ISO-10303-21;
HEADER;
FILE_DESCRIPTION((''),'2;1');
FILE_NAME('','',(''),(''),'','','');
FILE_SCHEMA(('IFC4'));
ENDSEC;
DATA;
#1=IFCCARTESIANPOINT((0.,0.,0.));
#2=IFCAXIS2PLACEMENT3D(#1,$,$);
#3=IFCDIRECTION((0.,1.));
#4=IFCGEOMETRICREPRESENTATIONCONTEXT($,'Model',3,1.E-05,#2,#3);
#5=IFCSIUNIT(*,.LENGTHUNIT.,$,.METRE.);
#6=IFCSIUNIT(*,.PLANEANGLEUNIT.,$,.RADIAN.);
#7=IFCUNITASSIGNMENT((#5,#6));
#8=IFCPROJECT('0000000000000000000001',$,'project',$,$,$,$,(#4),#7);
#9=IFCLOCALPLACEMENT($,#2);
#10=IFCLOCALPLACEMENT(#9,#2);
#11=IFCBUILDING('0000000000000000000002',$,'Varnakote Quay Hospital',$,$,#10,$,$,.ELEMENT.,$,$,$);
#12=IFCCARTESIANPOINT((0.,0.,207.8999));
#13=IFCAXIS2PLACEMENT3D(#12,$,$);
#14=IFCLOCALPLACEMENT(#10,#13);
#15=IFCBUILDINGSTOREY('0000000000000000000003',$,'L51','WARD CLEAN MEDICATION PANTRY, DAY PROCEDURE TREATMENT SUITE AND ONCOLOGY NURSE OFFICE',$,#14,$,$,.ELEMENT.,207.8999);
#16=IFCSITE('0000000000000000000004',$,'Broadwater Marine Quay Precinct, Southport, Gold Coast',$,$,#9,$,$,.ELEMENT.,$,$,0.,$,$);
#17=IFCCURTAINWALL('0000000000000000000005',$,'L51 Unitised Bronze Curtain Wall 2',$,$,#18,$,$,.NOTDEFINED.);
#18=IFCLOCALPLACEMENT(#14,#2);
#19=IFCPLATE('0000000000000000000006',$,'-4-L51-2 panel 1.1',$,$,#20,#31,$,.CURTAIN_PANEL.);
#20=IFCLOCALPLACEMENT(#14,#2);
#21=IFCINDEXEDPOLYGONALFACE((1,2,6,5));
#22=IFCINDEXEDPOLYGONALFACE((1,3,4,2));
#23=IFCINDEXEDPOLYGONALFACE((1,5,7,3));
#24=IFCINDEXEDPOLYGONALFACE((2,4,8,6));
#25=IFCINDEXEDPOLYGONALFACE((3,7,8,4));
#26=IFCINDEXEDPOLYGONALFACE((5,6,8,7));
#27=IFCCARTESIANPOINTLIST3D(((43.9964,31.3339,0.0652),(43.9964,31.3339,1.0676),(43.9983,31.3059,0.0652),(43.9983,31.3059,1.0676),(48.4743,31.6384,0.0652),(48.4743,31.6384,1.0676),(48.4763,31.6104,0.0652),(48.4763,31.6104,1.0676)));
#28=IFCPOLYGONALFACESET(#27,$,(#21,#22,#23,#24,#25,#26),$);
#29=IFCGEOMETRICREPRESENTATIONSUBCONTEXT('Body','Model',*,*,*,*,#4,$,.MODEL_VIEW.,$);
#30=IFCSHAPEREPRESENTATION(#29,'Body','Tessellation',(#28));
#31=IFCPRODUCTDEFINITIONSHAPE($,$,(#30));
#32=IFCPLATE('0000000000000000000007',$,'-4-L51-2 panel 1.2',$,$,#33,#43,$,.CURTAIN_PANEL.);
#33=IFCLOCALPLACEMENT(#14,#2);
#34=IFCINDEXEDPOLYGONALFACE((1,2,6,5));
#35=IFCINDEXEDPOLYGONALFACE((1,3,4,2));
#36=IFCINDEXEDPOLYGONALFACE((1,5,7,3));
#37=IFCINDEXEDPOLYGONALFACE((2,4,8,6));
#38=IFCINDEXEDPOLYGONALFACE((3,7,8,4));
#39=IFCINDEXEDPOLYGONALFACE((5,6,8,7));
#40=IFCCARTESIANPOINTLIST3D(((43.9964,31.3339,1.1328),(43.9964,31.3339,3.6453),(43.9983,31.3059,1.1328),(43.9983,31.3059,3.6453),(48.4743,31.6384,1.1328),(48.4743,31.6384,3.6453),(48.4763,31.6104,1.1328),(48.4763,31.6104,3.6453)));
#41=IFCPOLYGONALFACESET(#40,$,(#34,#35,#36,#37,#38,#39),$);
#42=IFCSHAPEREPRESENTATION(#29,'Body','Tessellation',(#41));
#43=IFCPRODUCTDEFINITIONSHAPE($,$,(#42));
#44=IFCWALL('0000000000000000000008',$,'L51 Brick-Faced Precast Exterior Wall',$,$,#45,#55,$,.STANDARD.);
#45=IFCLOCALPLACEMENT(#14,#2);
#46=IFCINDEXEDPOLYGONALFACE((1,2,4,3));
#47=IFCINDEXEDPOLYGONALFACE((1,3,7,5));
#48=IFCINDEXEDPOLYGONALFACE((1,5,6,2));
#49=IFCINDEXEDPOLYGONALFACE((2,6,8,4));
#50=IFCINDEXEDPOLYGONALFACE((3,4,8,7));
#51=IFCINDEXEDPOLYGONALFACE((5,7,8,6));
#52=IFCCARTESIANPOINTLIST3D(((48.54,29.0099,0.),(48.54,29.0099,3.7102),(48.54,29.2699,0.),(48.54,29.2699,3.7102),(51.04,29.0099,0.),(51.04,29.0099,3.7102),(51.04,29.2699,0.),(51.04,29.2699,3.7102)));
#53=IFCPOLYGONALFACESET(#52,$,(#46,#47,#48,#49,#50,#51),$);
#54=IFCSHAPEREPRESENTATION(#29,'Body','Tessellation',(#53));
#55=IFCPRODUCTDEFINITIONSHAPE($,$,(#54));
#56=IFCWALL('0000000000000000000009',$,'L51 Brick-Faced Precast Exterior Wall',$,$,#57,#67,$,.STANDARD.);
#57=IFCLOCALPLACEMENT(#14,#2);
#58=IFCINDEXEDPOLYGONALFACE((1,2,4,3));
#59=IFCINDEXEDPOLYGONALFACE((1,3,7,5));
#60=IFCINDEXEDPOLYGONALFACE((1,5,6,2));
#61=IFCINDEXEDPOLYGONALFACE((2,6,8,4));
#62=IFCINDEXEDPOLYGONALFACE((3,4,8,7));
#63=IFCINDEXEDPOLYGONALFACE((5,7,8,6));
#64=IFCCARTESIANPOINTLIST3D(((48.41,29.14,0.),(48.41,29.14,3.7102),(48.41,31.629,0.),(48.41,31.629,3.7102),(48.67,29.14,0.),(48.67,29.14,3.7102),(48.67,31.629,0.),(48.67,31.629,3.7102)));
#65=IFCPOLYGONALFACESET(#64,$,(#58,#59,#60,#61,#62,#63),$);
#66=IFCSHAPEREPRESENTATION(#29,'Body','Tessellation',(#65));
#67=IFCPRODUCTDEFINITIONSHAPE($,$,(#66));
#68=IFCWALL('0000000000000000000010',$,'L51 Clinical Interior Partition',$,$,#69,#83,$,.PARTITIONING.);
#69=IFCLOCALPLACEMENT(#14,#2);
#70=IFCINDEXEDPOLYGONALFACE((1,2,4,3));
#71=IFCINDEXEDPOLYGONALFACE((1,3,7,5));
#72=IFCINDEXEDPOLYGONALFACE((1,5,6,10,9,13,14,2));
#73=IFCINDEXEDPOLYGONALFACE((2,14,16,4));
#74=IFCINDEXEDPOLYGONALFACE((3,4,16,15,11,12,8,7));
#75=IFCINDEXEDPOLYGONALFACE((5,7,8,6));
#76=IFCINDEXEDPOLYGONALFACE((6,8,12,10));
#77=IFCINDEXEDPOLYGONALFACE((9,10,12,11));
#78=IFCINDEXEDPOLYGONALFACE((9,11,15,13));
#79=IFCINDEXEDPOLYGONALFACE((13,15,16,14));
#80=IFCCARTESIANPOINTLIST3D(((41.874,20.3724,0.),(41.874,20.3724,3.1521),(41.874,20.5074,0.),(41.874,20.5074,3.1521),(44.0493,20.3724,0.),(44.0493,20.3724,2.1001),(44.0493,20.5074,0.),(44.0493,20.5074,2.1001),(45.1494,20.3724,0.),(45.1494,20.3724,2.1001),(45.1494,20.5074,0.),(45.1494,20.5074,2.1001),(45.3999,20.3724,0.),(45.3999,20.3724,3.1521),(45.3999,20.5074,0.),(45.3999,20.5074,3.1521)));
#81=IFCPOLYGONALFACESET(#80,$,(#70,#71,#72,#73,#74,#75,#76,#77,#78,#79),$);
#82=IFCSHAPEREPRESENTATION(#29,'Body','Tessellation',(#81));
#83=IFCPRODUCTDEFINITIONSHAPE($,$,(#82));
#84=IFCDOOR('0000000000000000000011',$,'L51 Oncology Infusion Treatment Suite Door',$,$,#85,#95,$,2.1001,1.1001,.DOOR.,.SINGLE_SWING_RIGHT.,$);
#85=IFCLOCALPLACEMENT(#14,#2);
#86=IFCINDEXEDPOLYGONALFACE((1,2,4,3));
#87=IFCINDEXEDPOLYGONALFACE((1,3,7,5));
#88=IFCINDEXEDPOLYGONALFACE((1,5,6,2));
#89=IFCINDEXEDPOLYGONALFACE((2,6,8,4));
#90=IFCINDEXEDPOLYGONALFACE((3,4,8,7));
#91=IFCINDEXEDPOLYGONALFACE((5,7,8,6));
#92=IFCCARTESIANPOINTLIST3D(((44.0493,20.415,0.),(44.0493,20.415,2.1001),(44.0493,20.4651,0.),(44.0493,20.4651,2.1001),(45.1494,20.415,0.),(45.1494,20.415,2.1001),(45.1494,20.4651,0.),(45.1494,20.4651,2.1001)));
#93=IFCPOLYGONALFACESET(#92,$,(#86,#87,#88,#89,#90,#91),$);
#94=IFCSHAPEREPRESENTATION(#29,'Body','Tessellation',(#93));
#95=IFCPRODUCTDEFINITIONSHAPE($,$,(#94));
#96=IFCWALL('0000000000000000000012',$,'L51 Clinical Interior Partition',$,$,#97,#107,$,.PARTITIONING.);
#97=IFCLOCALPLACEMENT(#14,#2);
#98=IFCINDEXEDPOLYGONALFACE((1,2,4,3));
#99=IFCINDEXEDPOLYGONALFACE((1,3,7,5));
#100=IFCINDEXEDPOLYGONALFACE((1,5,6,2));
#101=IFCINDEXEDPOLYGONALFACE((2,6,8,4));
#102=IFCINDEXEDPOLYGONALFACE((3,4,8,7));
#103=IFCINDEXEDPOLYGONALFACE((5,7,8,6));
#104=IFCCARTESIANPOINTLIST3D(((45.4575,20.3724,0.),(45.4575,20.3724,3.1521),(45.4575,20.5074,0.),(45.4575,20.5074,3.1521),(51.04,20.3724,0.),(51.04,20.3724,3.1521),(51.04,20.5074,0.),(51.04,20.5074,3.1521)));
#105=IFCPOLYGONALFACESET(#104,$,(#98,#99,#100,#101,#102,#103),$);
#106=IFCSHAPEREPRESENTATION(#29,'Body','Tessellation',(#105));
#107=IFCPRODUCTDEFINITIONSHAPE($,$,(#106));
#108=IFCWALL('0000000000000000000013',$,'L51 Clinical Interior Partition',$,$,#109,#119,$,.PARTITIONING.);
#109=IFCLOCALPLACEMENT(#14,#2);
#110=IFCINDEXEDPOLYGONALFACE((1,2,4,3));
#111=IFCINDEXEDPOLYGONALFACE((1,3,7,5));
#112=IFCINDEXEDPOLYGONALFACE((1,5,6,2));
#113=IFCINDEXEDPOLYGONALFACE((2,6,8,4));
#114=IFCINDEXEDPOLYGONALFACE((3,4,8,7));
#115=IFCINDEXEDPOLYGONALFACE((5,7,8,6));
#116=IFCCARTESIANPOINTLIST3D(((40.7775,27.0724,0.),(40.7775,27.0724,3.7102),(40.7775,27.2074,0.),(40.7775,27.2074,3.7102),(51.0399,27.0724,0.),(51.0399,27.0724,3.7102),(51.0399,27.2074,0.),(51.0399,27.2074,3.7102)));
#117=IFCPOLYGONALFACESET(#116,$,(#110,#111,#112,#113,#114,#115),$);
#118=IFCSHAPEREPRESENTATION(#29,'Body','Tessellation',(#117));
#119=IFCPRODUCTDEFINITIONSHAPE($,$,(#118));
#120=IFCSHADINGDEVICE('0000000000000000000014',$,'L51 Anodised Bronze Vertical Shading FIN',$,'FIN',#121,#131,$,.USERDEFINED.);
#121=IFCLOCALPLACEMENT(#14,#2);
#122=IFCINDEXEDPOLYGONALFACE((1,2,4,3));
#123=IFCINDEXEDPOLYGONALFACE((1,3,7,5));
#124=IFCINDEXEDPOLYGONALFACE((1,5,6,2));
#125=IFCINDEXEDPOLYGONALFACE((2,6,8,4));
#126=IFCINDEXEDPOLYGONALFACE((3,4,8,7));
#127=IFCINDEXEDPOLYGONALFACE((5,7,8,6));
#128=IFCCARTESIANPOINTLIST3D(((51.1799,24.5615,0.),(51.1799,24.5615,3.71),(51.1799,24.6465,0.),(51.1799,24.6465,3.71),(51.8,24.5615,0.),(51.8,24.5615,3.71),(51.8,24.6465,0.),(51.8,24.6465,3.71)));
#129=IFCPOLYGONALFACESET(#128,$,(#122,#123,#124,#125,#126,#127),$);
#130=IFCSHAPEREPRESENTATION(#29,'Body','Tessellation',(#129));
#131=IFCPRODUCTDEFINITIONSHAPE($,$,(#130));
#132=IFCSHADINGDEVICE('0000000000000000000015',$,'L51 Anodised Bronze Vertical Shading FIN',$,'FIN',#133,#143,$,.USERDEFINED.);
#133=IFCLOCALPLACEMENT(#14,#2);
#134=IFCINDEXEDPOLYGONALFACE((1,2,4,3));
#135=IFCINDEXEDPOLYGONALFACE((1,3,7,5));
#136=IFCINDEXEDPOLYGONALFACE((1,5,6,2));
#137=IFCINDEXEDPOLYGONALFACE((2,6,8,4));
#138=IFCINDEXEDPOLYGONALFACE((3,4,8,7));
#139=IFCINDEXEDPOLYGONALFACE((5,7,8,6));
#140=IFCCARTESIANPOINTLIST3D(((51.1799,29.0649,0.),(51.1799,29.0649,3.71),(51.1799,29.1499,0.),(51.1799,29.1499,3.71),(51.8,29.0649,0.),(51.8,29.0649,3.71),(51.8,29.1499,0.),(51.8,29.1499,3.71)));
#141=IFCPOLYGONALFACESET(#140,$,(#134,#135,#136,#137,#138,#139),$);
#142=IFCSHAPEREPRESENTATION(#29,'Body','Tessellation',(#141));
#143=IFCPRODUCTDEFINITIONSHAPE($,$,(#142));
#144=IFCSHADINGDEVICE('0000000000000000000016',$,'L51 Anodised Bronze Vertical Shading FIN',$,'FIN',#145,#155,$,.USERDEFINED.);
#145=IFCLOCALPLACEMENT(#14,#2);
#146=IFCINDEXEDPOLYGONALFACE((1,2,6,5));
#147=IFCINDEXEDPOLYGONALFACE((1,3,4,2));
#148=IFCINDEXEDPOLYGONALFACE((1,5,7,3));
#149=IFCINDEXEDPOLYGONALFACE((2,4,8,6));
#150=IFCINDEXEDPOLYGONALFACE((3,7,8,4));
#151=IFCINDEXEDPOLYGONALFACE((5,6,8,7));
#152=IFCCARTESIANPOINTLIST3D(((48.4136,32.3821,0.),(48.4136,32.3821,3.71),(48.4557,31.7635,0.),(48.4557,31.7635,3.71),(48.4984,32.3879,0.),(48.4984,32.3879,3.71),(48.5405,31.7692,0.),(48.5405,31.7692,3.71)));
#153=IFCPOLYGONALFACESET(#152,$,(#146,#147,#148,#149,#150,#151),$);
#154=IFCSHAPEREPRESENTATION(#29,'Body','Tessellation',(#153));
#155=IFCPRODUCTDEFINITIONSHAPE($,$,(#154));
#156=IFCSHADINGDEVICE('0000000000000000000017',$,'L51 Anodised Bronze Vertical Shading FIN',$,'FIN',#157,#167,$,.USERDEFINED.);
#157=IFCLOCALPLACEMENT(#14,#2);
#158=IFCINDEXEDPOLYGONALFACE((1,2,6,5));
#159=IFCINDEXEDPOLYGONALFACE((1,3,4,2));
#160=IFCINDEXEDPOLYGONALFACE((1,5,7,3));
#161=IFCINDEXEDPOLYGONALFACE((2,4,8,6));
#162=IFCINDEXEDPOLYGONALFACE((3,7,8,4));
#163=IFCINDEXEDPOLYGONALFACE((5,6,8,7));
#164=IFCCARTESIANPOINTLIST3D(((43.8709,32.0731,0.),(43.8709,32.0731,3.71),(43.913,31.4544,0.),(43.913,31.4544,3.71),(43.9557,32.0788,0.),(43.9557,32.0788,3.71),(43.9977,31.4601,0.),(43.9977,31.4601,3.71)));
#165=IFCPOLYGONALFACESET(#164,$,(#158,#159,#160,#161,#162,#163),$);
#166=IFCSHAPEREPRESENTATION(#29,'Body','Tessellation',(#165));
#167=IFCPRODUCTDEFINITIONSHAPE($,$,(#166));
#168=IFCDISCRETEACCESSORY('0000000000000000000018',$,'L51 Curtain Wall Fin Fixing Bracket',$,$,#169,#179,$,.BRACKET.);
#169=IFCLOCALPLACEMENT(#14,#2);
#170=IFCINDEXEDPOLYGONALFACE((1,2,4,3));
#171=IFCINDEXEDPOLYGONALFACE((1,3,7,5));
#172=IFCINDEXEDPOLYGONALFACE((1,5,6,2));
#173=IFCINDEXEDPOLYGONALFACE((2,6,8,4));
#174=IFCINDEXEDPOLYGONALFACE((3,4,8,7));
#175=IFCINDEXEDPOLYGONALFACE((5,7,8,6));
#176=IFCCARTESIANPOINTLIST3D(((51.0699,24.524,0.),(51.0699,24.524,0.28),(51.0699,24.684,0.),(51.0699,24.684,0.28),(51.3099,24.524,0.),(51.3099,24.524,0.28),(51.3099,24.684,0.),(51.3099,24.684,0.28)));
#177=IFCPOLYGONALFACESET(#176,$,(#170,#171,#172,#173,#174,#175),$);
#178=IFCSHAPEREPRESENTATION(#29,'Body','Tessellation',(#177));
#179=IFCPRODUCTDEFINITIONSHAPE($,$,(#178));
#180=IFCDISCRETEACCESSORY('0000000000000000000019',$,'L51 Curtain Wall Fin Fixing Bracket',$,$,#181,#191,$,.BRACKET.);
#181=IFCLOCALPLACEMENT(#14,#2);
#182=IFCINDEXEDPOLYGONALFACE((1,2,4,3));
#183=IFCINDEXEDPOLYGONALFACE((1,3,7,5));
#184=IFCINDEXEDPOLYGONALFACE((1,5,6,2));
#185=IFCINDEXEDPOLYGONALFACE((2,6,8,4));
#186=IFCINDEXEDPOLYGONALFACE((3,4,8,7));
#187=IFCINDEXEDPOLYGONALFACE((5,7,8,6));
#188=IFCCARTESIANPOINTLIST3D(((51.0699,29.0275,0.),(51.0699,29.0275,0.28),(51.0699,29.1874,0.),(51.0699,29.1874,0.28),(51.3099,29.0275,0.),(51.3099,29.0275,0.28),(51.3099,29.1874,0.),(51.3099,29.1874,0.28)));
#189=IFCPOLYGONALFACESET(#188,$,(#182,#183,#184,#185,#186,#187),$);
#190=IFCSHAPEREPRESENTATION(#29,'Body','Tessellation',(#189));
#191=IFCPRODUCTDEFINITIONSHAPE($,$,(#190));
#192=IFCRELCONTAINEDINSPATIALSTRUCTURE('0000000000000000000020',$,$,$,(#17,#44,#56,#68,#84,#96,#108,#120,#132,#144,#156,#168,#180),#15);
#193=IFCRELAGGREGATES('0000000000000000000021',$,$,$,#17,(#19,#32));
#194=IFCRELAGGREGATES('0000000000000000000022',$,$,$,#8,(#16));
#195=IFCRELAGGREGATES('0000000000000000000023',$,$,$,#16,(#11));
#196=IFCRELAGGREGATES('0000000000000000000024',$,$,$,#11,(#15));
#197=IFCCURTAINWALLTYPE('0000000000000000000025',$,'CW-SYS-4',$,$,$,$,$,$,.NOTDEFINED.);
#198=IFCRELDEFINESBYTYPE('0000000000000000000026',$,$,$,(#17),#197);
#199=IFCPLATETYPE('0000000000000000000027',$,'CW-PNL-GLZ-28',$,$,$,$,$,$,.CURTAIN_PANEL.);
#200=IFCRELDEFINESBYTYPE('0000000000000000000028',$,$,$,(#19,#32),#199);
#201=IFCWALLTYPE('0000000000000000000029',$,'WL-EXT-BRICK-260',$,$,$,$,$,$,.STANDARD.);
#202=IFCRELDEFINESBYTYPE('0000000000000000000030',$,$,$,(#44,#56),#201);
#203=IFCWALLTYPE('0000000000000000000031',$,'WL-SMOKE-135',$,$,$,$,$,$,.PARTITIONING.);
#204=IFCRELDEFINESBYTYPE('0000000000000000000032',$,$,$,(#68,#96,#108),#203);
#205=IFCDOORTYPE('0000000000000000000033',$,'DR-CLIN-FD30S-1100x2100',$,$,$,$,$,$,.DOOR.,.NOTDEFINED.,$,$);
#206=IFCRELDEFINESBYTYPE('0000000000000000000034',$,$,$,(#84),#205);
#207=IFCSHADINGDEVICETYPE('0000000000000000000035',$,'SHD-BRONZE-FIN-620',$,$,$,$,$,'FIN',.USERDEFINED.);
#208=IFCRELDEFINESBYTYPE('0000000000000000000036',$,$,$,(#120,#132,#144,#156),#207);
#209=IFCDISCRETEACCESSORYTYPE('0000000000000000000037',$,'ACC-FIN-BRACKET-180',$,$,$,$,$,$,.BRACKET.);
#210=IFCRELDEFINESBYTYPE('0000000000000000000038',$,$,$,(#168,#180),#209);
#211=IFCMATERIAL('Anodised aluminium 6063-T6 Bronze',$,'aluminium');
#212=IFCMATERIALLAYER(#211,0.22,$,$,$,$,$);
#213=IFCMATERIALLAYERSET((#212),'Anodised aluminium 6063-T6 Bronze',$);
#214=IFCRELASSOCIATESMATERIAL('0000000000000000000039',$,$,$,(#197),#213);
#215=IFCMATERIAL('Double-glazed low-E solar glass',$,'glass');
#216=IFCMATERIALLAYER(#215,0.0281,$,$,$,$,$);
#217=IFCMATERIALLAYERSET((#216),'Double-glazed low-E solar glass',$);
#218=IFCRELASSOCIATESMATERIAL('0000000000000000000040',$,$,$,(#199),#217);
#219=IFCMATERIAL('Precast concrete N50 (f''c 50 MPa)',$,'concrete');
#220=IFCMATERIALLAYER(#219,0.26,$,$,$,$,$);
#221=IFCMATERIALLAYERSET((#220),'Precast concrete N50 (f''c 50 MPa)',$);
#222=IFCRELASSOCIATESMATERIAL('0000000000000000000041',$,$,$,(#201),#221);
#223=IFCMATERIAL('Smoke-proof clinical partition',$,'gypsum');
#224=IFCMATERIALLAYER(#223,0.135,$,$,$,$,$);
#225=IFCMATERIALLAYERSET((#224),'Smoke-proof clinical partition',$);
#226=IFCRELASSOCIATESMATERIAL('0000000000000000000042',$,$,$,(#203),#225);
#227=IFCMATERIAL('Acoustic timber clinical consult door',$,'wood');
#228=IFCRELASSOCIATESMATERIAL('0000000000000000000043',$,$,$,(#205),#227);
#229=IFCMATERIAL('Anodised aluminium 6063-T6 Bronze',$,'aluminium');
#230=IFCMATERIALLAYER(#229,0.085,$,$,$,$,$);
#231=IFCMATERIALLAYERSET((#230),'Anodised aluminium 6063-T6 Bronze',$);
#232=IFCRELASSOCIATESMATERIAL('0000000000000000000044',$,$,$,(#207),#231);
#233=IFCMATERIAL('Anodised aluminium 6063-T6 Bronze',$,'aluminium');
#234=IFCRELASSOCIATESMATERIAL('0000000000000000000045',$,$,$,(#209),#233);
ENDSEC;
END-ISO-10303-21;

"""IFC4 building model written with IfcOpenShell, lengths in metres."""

from ifc_helpers import new_model, si_unit, direction, frame, frame_2d, origin, origin_2d, place, context, subcontext, project, spatial, rectangle, extrude, material, layer, layer_set, type_object, element, fill, aggregate, save


model = new_model("IFC4")

# Units and contexts
model_context = context("Model", 3, precision=1e-05, world=origin(), true_north=direction((0.0, 1.0)))
body_context = subcontext(model_context, "Body", "Model", "MODEL_VIEW")
ifc_project = project(units=[si_unit("LENGTHUNIT", "METRE"), si_unit("PLANEANGLEUNIT", "RADIAN")], contexts=[model_context])

# Site, building, storey
site_placement = place(None, origin())
site = spatial("IfcSite", under=ifc_project, at=site_placement, Name="Broadwater Marine Quay Precinct, Southport, Gold Coast", CompositionType="ELEMENT", RefElevation=0.0)
building_placement = place(site_placement, origin())
building = spatial("IfcBuilding", under=site, at=building_placement, Name="Varnakote Quay Hospital", CompositionType="ELEMENT")
storey_placement = place(building_placement, frame((0.0, 0.0, 207.8999)))
storey = spatial("IfcBuildingStorey", under=building, at=storey_placement, Name="L51", Description="WARD CLEAN MEDICATION PANTRY, DAY PROCEDURE TREATMENT SUITE AND ONCOLOGY NURSE OFFICE", CompositionType="ELEMENT", Elevation=207.8999)

# Curtain wall
ifc_material_1 = material(Name="Anodised aluminium 6063-T6 Bronze", Category="aluminium")
ifc_layer_1 = layer(ifc_material_1, 0.22)
ifc_layer_set_1 = layer_set([ifc_layer_1], Name="Anodised aluminium 6063-T6 Bronze")
curtain_wall_type = type_object("IfcCurtainWallType", Name="CW-SYS-4", PredefinedType="NOTDEFINED", material=ifc_layer_set_1)
curtain_wall_1_placement = place(storey_placement, origin())
curtain_wall_1 = element("IfcCurtainWall", 1, at=curtain_wall_1_placement, inside=storey, type_object=curtain_wall_type, Name="L51 Unitised Bronze Curtain Wall 2", PredefinedType="NOTDEFINED")

# Plates
ifc_material_2 = material(Name="Double-glazed low-E solar glass", Category="glass")
ifc_layer_2 = layer(ifc_material_2, 0.0281)
ifc_layer_set_2 = layer_set([ifc_layer_2], Name="Double-glazed low-E solar glass")
plate_type = type_object("IfcPlateType", Name="CW-PNL-GLZ-28", PredefinedType="CURTAIN_PANEL", material=ifc_layer_set_2)
plate_1_placement = place(storey_placement, frame((46.2363, 31.4722, 0.0652), z_axis=(0.0, 0.0, 1.0), x_axis=(-0.997696, -0.067842, 0.0)))
plate_1 = element("IfcPlate", 2, at=plate_1_placement, type_object=plate_type, Name="-4-L51-2 panel 1.1", PredefinedType="CURTAIN_PANEL", context=body_context, shape_type="SweptSolid", body=[
    extrude(rectangle(XDim=4.4883, YDim=0.0281, at=origin_2d()), origin(), (0.0, 0.0, 1.0), 1.0024),
])
plate_2_placement = place(storey_placement, frame((46.2363, 31.4722, 1.1328), z_axis=(0.0, 0.0, 1.0), x_axis=(-0.997696, -0.067842, 0.0)))
plate_2 = element("IfcPlate", 3, at=plate_2_placement, type_object=plate_type, Name="-4-L51-2 panel 1.2", PredefinedType="CURTAIN_PANEL", context=body_context, shape_type="SweptSolid", body=[
    extrude(rectangle(XDim=4.4883, YDim=0.0281, at=origin_2d()), origin(), (0.0, 0.0, 1.0), 2.5125),
])
aggregate(curtain_wall_1, [plate_1, plate_2])

# Walls
ifc_material_3 = material(Name="Precast concrete N50 (f'c 50 MPa)", Category="concrete")
ifc_layer_3 = layer(ifc_material_3, 0.26)
ifc_layer_set_3 = layer_set([ifc_layer_3], Name="Precast concrete N50 (f'c 50 MPa)")
wall_type_1 = type_object("IfcWallType", Name="WL-EXT-BRICK-260", PredefinedType="STANDARD", material=ifc_layer_set_3)
wall_1_placement = place(storey_placement, frame((51.04, 29.1399, 0.0), z_axis=(0.0, 0.0, 1.0), x_axis=(-1.0, 0.0, 0.0)))
element("IfcWall", 4, at=wall_1_placement, inside=storey, type_object=wall_type_1, Name="L51 Brick-Faced Precast Exterior Wall", PredefinedType="STANDARD", context=body_context, shape_type="SweptSolid", body=[
    extrude(rectangle(XDim=2.5, YDim=0.26, at=frame_2d((1.25, 0.0))), origin(), (0.0, 0.0, 1.0), 3.7102),
])
wall_2_placement = place(storey_placement, frame((48.54, 29.1399, 0.0), z_axis=(0.0, 0.0, 1.0), x_axis=(0.0, 1.0, 0.0)))
element("IfcWall", 5, at=wall_2_placement, inside=storey, type_object=wall_type_1, Name="L51 Brick-Faced Precast Exterior Wall", PredefinedType="STANDARD", context=body_context, shape_type="SweptSolid", body=[
    extrude(rectangle(XDim=2.489, YDim=0.26, at=frame_2d((1.2446, 0.0))), origin(), (0.0, 0.0, 1.0), 3.7102),
])

# Wall, opening, door
ifc_material_4 = material(Name="Smoke-proof clinical partition", Category="gypsum")
ifc_layer_4 = layer(ifc_material_4, 0.135)
ifc_layer_set_4 = layer_set([ifc_layer_4], Name="Smoke-proof clinical partition")
wall_type_2 = type_object("IfcWallType", Name="WL-SMOKE-135", PredefinedType="PARTITIONING", material=ifc_layer_set_4)
wall_3_placement = place(storey_placement, frame((45.3999, 20.4399, 0.0), z_axis=(0.0, 0.0, 1.0), x_axis=(-1.0, 0.0, 0.0)))
wall_3 = element("IfcWall", 6, at=wall_3_placement, inside=storey, type_object=wall_type_2, Name="L51 Clinical Interior Partition", PredefinedType="PARTITIONING", context=body_context, shape_type="SweptSolid", body=[
    extrude(rectangle(XDim=3.5259, YDim=0.135, at=frame_2d((1.7629, 0.0))), origin(), (0.0, 0.0, 1.0), 3.1521),
])
opening_placement = place(wall_3_placement, frame((0.2505, 0.0, 0.0)))
opening = element("IfcOpeningElement", 7, at=opening_placement, cuts=wall_3, PredefinedType="OPENING", context=body_context, shape_type="SweptSolid", body=[
    extrude(rectangle(XDim=1.1001, YDim=2.1001, at=frame_2d((0.55, 1.05))), frame((0.0, 0.0774, 0.0), z_axis=(0.0, -1.0, 0.0), x_axis=(1.0, 0.0, 0.0)), (0.0, 0.0, 1.0), 0.155),
])
ifc_material_5 = material(Name="Acoustic timber clinical consult door", Category="wood")
door_type = type_object("IfcDoorType", Name="DR-CLIN-FD30S-1100x2100", OperationType="NOTDEFINED", PredefinedType="DOOR", material=ifc_material_5)
door_placement = place(opening_placement, origin())
door = element("IfcDoor", 8, at=door_placement, inside=storey, type_object=door_type, Name="L51 Oncology Infusion Treatment Suite Door", OperationType="SINGLE_SWING_RIGHT", OverallHeight=2.1001, OverallWidth=1.1001, PredefinedType="DOOR", context=body_context, shape_type="SweptSolid", body=[
    extrude(rectangle(XDim=1.1001, YDim=2.1001, at=frame_2d((0.55, 1.05))), frame((0.0, 0.0249, 0.0), z_axis=(0.0, -1.0, 0.0), x_axis=(1.0, 0.0, 0.0)), (0.0, 0.0, 1.0), 0.05),
])
fill(opening, door)

# Walls
wall_4_placement = place(storey_placement, frame((51.04, 20.4399, 0.0), z_axis=(0.0, 0.0, 1.0), x_axis=(-1.0, 0.0, 0.0)))
element("IfcWall", 9, at=wall_4_placement, inside=storey, type_object=wall_type_2, Name="L51 Clinical Interior Partition", PredefinedType="PARTITIONING", context=body_context, shape_type="SweptSolid", body=[
    extrude(rectangle(XDim=5.5825, YDim=0.135, at=frame_2d((2.7913, 0.0))), origin(), (0.0, 0.0, 1.0), 3.1521),
])
wall_5_placement = place(storey_placement, frame((51.04, 27.1399, 0.0), z_axis=(0.0, 0.0, 1.0), x_axis=(-1.0, 0.0, 0.0)))
element("IfcWall", 10, at=wall_5_placement, inside=storey, type_object=wall_type_2, Name="L51 Clinical Interior Partition", PredefinedType="PARTITIONING", context=body_context, shape_type="SweptSolid", body=[
    extrude(rectangle(XDim=10.2625, YDim=0.135, at=frame_2d((5.1313, 0.0))), origin(), (0.0, 0.0, 1.0), 3.7102),
])

# Shading devices
ifc_material_6 = material(Name="Anodised aluminium 6063-T6 Bronze", Category="aluminium")
ifc_layer_5 = layer(ifc_material_6, 0.085)
ifc_layer_set_5 = layer_set([ifc_layer_5], Name="Anodised aluminium 6063-T6 Bronze")
shading_device_type = type_object("IfcShadingDeviceType", Name="SHD-BRONZE-FIN-620", ElementType="FIN", PredefinedType="USERDEFINED", material=ifc_layer_set_5)
for number, where, z_axis, x_axis, name in (
    (11, (51.49, 24.604, 0.0), (0.0, 0.0, 1.0), (-1.0, 0.0, 0.0), "L51 Anodised Bronze Vertical Shading FIN"),
    (12, (51.49, 29.1074, 0.0), (0.0, 0.0, 1.0), (-1.0, 0.0, 0.0), "L51 Anodised Bronze Vertical Shading FIN"),
    (13, (48.4771, 32.0757, 0.0), (0.0, 0.0, 1.0), (0.067841, -0.997696, 0.0), "L51 Anodised Bronze Vertical Shading FIN"),
    (14, (43.9343, 31.7666, 0.0), (0.0, 0.0, 1.0), (0.067841, -0.997696, 0.0), "L51 Anodised Bronze Vertical Shading FIN"),
):
    element("IfcShadingDevice", number, at=place(storey_placement, frame(where, z_axis=z_axis, x_axis=x_axis)), inside=storey, type_object=shading_device_type, Name=name, ObjectType="FIN", PredefinedType="USERDEFINED", context=body_context, shape_type="SweptSolid", body=[
        extrude(rectangle(XDim=0.6201, YDim=0.085, at=origin_2d()), origin(), (0.0, 0.0, 1.0), 3.71),
    ])

# Discrete accessories
ifc_material_7 = material(Name="Anodised aluminium 6063-T6 Bronze", Category="aluminium")
discrete_accessory_type = type_object("IfcDiscreteAccessoryType", Name="ACC-FIN-BRACKET-180", PredefinedType="BRACKET", material=ifc_material_7)
for number, where, z_axis, x_axis, name in (
    (15, (51.1899, 24.604, 0.0), (0.0, 0.0, 1.0), (0.0, 1.0, 0.0), "L51 Curtain Wall Fin Fixing Bracket"),
    (16, (51.1899, 29.1074, 0.0), (0.0, 0.0, 1.0), (0.0, 1.0, 0.0), "L51 Curtain Wall Fin Fixing Bracket"),
):
    element("IfcDiscreteAccessory", number, at=place(storey_placement, frame(where, z_axis=z_axis, x_axis=x_axis)), inside=storey, type_object=discrete_accessory_type, Name=name, PredefinedType="BRACKET", context=body_context, shape_type="SweptSolid", body=[
        extrude(rectangle(XDim=0.1599, YDim=0.24, at=origin_2d()), origin(), (0.0, 0.0, 1.0), 0.28),
    ])

save(model, "model.ifc")
